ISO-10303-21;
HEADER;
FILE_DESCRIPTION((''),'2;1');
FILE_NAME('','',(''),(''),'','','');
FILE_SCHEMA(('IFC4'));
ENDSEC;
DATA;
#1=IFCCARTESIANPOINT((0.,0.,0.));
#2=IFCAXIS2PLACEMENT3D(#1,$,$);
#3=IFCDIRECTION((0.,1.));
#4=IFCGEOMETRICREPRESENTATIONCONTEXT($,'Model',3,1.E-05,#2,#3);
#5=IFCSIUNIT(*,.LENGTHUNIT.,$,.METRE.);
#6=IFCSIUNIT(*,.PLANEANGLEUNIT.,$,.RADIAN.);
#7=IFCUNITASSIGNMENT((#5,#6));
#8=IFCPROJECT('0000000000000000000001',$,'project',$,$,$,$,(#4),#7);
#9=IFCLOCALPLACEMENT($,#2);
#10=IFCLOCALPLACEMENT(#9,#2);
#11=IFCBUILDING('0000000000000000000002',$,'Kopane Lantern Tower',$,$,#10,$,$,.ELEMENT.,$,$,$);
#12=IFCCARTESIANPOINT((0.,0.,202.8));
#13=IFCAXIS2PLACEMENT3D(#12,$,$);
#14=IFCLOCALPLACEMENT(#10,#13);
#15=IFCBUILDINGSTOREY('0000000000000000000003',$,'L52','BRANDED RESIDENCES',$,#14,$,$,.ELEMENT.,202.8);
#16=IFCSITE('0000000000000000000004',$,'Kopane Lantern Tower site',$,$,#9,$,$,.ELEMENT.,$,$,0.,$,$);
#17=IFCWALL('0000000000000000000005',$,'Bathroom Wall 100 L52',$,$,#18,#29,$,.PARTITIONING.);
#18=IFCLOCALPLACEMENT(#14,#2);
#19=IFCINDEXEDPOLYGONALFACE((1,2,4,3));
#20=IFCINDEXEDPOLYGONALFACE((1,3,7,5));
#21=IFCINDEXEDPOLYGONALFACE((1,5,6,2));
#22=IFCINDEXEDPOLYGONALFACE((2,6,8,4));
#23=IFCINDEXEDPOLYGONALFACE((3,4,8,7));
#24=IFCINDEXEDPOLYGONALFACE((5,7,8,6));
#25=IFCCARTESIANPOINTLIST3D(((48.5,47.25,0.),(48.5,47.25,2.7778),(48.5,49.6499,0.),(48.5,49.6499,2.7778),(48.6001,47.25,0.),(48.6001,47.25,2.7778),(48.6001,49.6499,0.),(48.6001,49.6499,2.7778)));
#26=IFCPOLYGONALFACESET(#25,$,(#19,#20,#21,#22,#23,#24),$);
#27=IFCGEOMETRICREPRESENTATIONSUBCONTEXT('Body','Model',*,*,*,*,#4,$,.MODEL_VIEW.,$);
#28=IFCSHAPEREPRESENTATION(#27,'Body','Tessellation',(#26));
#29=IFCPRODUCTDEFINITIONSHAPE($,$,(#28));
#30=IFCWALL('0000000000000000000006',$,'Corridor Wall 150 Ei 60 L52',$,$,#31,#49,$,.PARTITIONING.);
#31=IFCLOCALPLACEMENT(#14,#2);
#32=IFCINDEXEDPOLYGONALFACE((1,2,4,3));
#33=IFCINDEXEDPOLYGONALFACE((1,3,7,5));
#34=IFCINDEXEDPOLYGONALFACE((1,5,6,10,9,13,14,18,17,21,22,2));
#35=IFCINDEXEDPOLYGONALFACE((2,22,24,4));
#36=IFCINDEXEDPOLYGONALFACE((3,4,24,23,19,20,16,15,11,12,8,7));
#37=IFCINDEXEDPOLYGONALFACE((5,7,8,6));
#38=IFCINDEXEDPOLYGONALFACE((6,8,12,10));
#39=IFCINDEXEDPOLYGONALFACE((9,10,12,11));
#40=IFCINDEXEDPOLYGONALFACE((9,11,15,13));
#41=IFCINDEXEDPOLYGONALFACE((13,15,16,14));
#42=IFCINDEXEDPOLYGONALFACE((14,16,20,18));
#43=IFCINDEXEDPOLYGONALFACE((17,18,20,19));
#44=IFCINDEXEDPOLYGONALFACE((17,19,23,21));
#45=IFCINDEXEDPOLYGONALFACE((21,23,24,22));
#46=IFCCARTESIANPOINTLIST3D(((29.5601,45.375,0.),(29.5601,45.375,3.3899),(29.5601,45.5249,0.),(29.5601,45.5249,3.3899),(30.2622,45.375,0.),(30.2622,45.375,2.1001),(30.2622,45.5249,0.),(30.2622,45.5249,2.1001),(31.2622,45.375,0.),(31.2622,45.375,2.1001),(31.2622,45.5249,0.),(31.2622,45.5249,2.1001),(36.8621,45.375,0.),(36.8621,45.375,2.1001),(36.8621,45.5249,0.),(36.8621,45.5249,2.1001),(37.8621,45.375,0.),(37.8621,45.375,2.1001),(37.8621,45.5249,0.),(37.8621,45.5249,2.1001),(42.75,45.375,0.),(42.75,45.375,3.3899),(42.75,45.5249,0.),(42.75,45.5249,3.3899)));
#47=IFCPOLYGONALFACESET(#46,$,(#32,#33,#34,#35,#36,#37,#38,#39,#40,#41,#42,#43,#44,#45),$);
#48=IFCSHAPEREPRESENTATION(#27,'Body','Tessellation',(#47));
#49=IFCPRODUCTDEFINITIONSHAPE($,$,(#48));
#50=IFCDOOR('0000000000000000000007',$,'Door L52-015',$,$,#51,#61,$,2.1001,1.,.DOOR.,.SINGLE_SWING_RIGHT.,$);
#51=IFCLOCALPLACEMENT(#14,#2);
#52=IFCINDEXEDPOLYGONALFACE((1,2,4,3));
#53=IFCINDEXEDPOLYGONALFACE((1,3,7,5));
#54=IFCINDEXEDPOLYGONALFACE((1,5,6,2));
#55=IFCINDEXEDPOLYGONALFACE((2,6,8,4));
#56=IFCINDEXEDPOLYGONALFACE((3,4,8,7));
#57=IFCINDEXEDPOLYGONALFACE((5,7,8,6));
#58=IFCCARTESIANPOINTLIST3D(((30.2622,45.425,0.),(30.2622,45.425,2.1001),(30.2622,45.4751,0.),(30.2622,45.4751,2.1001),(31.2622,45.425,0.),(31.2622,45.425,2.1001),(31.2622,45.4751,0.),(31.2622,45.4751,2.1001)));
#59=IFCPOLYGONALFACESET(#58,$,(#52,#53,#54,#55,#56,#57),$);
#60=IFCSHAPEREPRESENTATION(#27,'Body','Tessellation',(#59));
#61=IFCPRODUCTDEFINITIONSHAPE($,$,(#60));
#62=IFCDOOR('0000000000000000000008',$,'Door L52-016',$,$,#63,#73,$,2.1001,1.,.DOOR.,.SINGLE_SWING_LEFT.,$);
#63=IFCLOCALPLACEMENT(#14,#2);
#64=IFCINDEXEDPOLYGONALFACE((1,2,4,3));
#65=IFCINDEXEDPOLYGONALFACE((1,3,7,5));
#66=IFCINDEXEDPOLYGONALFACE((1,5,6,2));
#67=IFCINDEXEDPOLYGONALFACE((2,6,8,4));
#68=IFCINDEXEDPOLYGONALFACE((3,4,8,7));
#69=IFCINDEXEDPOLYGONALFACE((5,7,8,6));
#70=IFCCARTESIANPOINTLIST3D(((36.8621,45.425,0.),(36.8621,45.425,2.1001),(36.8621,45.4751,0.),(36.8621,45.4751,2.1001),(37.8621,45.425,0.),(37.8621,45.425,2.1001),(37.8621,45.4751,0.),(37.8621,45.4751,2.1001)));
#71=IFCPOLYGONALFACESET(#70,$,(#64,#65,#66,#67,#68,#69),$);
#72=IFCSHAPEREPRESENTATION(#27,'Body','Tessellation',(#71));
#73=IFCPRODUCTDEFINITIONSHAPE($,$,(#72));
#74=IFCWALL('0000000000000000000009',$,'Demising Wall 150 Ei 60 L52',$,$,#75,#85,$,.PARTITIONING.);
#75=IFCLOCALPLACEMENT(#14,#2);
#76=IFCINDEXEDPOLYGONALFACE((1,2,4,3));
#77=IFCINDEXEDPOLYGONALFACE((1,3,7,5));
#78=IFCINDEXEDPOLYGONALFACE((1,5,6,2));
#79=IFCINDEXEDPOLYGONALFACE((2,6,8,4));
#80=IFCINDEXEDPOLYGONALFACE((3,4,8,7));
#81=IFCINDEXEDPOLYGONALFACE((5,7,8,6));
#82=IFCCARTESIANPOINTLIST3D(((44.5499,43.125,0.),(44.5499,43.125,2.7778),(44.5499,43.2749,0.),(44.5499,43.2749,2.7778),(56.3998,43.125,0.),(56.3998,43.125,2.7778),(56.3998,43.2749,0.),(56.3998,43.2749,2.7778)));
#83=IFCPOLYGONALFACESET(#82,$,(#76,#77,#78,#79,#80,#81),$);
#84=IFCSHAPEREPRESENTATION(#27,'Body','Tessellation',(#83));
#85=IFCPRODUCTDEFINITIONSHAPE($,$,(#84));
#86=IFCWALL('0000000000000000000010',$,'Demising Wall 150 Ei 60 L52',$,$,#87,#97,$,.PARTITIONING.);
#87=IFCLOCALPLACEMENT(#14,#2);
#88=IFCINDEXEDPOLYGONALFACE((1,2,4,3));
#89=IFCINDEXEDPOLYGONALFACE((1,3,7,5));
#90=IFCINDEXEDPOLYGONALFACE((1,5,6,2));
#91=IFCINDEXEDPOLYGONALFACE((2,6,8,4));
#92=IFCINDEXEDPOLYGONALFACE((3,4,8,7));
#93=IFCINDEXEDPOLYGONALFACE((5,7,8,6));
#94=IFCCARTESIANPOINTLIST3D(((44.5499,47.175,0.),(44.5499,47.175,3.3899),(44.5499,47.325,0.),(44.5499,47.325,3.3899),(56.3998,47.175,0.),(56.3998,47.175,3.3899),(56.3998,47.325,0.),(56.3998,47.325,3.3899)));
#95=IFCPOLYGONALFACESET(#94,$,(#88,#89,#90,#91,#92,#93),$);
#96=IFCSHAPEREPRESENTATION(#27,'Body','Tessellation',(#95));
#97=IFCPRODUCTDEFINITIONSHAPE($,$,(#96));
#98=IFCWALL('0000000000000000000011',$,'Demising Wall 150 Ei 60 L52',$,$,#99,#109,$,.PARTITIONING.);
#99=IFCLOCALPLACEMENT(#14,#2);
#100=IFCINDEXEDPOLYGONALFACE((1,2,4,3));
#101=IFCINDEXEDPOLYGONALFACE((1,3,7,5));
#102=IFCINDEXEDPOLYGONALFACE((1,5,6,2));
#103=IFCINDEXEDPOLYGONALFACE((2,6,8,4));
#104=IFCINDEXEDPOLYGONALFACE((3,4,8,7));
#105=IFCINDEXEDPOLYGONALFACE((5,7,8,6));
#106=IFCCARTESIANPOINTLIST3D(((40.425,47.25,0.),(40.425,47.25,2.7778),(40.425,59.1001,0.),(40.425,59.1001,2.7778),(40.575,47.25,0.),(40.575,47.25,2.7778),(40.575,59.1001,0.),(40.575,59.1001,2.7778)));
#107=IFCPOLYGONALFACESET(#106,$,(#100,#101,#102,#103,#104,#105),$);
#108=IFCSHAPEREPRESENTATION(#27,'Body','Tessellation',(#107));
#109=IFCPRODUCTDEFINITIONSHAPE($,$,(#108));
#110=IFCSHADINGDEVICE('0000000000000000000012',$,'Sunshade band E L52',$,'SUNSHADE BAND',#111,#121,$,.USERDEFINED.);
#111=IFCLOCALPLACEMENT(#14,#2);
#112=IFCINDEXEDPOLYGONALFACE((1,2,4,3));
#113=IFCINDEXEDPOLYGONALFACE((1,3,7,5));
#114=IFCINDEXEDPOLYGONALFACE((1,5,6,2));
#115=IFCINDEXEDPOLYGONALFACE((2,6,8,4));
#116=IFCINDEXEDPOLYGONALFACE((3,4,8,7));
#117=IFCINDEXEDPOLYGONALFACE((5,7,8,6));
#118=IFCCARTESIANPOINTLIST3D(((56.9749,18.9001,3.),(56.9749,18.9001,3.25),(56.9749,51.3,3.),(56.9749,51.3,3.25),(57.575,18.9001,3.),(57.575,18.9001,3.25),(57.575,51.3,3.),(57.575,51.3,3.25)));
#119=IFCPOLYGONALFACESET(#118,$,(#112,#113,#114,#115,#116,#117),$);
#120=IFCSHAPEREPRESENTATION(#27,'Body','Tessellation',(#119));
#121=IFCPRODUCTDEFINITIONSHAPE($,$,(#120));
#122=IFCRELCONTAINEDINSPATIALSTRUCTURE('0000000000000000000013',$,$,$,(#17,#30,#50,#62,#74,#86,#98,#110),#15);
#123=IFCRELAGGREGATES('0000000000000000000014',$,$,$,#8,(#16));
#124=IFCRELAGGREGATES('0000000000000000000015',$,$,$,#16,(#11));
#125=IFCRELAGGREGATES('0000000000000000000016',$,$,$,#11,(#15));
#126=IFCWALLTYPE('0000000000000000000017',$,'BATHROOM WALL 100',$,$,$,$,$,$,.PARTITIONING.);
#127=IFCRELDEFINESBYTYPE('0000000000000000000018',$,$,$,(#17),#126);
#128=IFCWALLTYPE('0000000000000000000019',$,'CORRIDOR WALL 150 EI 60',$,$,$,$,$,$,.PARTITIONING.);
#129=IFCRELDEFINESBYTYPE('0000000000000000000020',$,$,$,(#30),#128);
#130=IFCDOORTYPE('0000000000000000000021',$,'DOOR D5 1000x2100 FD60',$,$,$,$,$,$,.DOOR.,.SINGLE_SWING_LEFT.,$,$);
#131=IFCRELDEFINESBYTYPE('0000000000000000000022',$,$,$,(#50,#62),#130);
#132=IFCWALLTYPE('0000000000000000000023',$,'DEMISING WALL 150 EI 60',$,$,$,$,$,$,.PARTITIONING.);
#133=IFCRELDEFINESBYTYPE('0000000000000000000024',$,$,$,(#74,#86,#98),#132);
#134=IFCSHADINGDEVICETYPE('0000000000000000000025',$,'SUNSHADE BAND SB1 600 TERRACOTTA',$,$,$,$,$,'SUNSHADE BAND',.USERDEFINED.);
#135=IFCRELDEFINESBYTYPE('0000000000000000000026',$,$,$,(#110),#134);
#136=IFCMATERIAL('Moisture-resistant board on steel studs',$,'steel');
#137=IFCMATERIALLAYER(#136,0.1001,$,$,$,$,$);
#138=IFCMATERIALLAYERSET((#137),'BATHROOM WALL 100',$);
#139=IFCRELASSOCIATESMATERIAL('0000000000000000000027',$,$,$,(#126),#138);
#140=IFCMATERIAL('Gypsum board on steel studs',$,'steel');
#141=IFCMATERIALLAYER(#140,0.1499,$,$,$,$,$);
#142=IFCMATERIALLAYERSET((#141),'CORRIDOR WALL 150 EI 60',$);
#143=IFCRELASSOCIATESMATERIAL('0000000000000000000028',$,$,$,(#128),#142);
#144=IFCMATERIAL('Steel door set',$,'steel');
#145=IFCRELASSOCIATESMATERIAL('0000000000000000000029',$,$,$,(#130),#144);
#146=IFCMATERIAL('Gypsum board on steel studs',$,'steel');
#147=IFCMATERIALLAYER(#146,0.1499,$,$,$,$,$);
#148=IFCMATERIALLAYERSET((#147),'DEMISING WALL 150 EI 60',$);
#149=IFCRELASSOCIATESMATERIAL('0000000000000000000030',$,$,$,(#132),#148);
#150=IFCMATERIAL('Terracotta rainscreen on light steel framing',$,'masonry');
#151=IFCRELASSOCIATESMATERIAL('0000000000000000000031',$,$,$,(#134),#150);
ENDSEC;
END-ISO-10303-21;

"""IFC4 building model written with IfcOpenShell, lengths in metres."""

from ifc_helpers import new_model, si_unit, direction, frame, frame_2d, origin, origin_2d, place, context, subcontext, project, spatial, rectangle, extrude, material, layer, layer_set, type_object, element, fill, save


model = new_model("IFC4")

# Units and contexts
model_context = context("Model", 3, precision=1e-05, world=origin(), true_north=direction((0.0, 1.0)))
body_context = subcontext(model_context, "Body", "Model", "MODEL_VIEW")
ifc_project = project(units=[si_unit("LENGTHUNIT", "METRE"), si_unit("PLANEANGLEUNIT", "RADIAN")], contexts=[model_context])

# Site, building, storey
site_placement = place(None, origin())
site = spatial("IfcSite", under=ifc_project, at=site_placement, Name="Kopane Lantern Tower site", CompositionType="ELEMENT", RefElevation=0.0)
building_placement = place(site_placement, origin())
building = spatial("IfcBuilding", under=site, at=building_placement, Name="Kopane Lantern Tower", CompositionType="ELEMENT")
storey_placement = place(building_placement, frame((0.0, 0.0, 202.8)))
storey = spatial("IfcBuildingStorey", under=building, at=storey_placement, Name="L52", Description="BRANDED RESIDENCES", CompositionType="ELEMENT", Elevation=202.8)

# Shared definitions
ifc_material_1 = material(Name="Moisture-resistant board on steel studs", Category="steel")
ifc_layer_1 = layer(ifc_material_1, 0.1001)
ifc_layer_set_1 = layer_set([ifc_layer_1], Name="BATHROOM WALL 100")
wall_type_1 = type_object("IfcWallType", Name="BATHROOM WALL 100", PredefinedType="PARTITIONING", material=ifc_layer_set_1)

# Wall
wall_1_placement = place(storey_placement, frame((48.55, 47.25, 0.0), z_axis=(0.0, 0.0, 1.0), x_axis=(0.0, 1.0, 0.0)))
element("IfcWall", 1, at=wall_1_placement, inside=storey, type_object=wall_type_1, Name="Bathroom Wall 100 L52", PredefinedType="PARTITIONING", context=body_context, shape_type="SweptSolid", body=[
    extrude(rectangle(XDim=2.3999, YDim=0.1001, at=frame_2d((1.2, 0.0))), origin(), (0.0, 0.0, 1.0), 2.7778),
])

# Wall, openings, doors
ifc_material_2 = material(Name="Gypsum board on steel studs", Category="steel")
ifc_layer_2 = layer(ifc_material_2, 0.1499)
ifc_layer_set_2 = layer_set([ifc_layer_2], Name="CORRIDOR WALL 150 EI 60")
wall_type_2 = type_object("IfcWallType", Name="CORRIDOR WALL 150 EI 60", PredefinedType="PARTITIONING", material=ifc_layer_set_2)
wall_2_placement = place(storey_placement, frame((42.75, 45.45, 0.0), z_axis=(0.0, 0.0, 1.0), x_axis=(-1.0, 0.0, 0.0)))
wall_2 = element("IfcWall", 2, at=wall_2_placement, inside=storey, type_object=wall_type_2, Name="Corridor Wall 150 Ei 60 L52", PredefinedType="PARTITIONING", context=body_context, shape_type="SweptSolid", body=[
    extrude(rectangle(XDim=13.1899, YDim=0.1499, at=frame_2d((6.595, 0.0))), origin(), (0.0, 0.0, 1.0), 3.3899),
])
opening_1_placement = place(wall_2_placement, frame((11.4878, 0.0, 0.0)))
opening_1 = element("IfcOpeningElement", 3, at=opening_1_placement, cuts=wall_2, PredefinedType="OPENING", context=body_context, shape_type="SweptSolid", body=[
    extrude(rectangle(XDim=1.0, YDim=2.1001, at=frame_2d((0.5, 1.05))), frame((0.0, 0.085, 0.0), z_axis=(0.0, -1.0, 0.0), x_axis=(1.0, 0.0, 0.0)), (0.0, 0.0, 1.0), 0.1699),
])
opening_2_placement = place(wall_2_placement, frame((4.8879, 0.0, 0.0)))
opening_2 = element("IfcOpeningElement", 4, at=opening_2_placement, cuts=wall_2, PredefinedType="OPENING", context=body_context, shape_type="SweptSolid", body=[
    extrude(rectangle(XDim=1.0, YDim=2.1001, at=frame_2d((0.5, 1.05))), frame((0.0, 0.085, 0.0), z_axis=(0.0, -1.0, 0.0), x_axis=(1.0, 0.0, 0.0)), (0.0, 0.0, 1.0), 0.1699),
])
ifc_material_3 = material(Name="Steel door set", Category="steel")
door_type_1 = type_object("IfcDoorType", Name="DOOR D5 1000x2100 FD60", OperationType="SINGLE_SWING_LEFT", PredefinedType="DOOR", material=ifc_material_3)
door_1_placement = place(opening_1_placement, origin())
door_1 = element("IfcDoor", 5, at=door_1_placement, inside=storey, type_object=door_type_1, Name="Door L52-015", OperationType="SINGLE_SWING_RIGHT", OverallHeight=2.1001, OverallWidth=1.0, PredefinedType="DOOR", context=body_context, shape_type="SweptSolid", body=[
    extrude(rectangle(XDim=1.0, YDim=2.1001, at=frame_2d((0.5, 1.05))), frame((0.0, 0.0249, 0.0), z_axis=(0.0, -1.0, 0.0), x_axis=(1.0, 0.0, 0.0)), (0.0, 0.0, 1.0), 0.05),
])
fill(opening_1, door_1)
door_2_placement = place(opening_2_placement, origin())
door_2 = element("IfcDoor", 6, at=door_2_placement, inside=storey, type_object=door_type_1, Name="Door L52-016", OperationType="SINGLE_SWING_LEFT", OverallHeight=2.1001, OverallWidth=1.0, PredefinedType="DOOR", context=body_context, shape_type="SweptSolid", body=[
    extrude(rectangle(XDim=1.0, YDim=2.1001, at=frame_2d((0.5, 1.05))), frame((0.0, 0.0249, 0.0), z_axis=(0.0, -1.0, 0.0), x_axis=(1.0, 0.0, 0.0)), (0.0, 0.0, 1.0), 0.05),
])
fill(opening_2, door_2)

# Walls
ifc_material_4 = material(Name="Gypsum board on steel studs", Category="steel")
ifc_layer_3 = layer(ifc_material_4, 0.1499)
ifc_layer_set_3 = layer_set([ifc_layer_3], Name="DEMISING WALL 150 EI 60")
wall_type_3 = type_object("IfcWallType", Name="DEMISING WALL 150 EI 60", PredefinedType="PARTITIONING", material=ifc_layer_set_3)
wall_3_placement = place(storey_placement, frame((44.55, 43.2, 0.0), z_axis=(0.0, 0.0, 1.0), x_axis=(1.0, 0.0, 0.0)))
element("IfcWall", 7, at=wall_3_placement, inside=storey, type_object=wall_type_3, Name="Demising Wall 150 Ei 60 L52", PredefinedType="PARTITIONING", context=body_context, shape_type="SweptSolid", body=[
    extrude(rectangle(XDim=11.8499, YDim=0.1499, at=frame_2d((5.9248, 0.0))), origin(), (0.0, 0.0, 1.0), 2.7778),
])
wall_4_placement = place(storey_placement, frame((44.55, 47.25, 0.0), z_axis=(0.0, 0.0, 1.0), x_axis=(1.0, 0.0, 0.0)))
element("IfcWall", 8, at=wall_4_placement, inside=storey, type_object=wall_type_3, Name="Demising Wall 150 Ei 60 L52", PredefinedType="PARTITIONING", context=body_context, shape_type="SweptSolid", body=[
    extrude(rectangle(XDim=11.8499, YDim=0.1499, at=frame_2d((5.9248, 0.0))), origin(), (0.0, 0.0, 1.0), 3.3899),
])
wall_5_placement = place(storey_placement, frame((40.5, 47.25, 0.0), z_axis=(0.0, 0.0, 1.0), x_axis=(0.0, 1.0, 0.0)))
element("IfcWall", 9, at=wall_5_placement, inside=storey, type_object=wall_type_3, Name="Demising Wall 150 Ei 60 L52", PredefinedType="PARTITIONING", context=body_context, shape_type="SweptSolid", body=[
    extrude(rectangle(XDim=11.8501, YDim=0.1499, at=frame_2d((5.925, 0.0))), origin(), (0.0, 0.0, 1.0), 2.7778),
])

# Shading device
ifc_material_5 = material(Name="Terracotta rainscreen on light steel framing", Category="masonry")
shading_device_type = type_object("IfcShadingDeviceType", Name="SUNSHADE BAND SB1 600 TERRACOTTA", ElementType="SUNSHADE BAND", PredefinedType="USERDEFINED", material=ifc_material_5)
shading_device_placement = place(storey_placement, frame((57.2749, 35.1001, 3.0), z_axis=(0.0, 0.0, 1.0), x_axis=(0.0, 1.0, 0.0)))
element("IfcShadingDevice", 10, at=shading_device_placement, inside=storey, type_object=shading_device_type, Name="Sunshade band E L52", ObjectType="SUNSHADE BAND", PredefinedType="USERDEFINED", context=body_context, shape_type="SweptSolid", body=[
    extrude(rectangle(XDim=32.3999, YDim=0.6001, at=origin_2d()), origin(), (0.0, 0.0, 1.0), 0.25),
])

save(model, "model.ifc")
